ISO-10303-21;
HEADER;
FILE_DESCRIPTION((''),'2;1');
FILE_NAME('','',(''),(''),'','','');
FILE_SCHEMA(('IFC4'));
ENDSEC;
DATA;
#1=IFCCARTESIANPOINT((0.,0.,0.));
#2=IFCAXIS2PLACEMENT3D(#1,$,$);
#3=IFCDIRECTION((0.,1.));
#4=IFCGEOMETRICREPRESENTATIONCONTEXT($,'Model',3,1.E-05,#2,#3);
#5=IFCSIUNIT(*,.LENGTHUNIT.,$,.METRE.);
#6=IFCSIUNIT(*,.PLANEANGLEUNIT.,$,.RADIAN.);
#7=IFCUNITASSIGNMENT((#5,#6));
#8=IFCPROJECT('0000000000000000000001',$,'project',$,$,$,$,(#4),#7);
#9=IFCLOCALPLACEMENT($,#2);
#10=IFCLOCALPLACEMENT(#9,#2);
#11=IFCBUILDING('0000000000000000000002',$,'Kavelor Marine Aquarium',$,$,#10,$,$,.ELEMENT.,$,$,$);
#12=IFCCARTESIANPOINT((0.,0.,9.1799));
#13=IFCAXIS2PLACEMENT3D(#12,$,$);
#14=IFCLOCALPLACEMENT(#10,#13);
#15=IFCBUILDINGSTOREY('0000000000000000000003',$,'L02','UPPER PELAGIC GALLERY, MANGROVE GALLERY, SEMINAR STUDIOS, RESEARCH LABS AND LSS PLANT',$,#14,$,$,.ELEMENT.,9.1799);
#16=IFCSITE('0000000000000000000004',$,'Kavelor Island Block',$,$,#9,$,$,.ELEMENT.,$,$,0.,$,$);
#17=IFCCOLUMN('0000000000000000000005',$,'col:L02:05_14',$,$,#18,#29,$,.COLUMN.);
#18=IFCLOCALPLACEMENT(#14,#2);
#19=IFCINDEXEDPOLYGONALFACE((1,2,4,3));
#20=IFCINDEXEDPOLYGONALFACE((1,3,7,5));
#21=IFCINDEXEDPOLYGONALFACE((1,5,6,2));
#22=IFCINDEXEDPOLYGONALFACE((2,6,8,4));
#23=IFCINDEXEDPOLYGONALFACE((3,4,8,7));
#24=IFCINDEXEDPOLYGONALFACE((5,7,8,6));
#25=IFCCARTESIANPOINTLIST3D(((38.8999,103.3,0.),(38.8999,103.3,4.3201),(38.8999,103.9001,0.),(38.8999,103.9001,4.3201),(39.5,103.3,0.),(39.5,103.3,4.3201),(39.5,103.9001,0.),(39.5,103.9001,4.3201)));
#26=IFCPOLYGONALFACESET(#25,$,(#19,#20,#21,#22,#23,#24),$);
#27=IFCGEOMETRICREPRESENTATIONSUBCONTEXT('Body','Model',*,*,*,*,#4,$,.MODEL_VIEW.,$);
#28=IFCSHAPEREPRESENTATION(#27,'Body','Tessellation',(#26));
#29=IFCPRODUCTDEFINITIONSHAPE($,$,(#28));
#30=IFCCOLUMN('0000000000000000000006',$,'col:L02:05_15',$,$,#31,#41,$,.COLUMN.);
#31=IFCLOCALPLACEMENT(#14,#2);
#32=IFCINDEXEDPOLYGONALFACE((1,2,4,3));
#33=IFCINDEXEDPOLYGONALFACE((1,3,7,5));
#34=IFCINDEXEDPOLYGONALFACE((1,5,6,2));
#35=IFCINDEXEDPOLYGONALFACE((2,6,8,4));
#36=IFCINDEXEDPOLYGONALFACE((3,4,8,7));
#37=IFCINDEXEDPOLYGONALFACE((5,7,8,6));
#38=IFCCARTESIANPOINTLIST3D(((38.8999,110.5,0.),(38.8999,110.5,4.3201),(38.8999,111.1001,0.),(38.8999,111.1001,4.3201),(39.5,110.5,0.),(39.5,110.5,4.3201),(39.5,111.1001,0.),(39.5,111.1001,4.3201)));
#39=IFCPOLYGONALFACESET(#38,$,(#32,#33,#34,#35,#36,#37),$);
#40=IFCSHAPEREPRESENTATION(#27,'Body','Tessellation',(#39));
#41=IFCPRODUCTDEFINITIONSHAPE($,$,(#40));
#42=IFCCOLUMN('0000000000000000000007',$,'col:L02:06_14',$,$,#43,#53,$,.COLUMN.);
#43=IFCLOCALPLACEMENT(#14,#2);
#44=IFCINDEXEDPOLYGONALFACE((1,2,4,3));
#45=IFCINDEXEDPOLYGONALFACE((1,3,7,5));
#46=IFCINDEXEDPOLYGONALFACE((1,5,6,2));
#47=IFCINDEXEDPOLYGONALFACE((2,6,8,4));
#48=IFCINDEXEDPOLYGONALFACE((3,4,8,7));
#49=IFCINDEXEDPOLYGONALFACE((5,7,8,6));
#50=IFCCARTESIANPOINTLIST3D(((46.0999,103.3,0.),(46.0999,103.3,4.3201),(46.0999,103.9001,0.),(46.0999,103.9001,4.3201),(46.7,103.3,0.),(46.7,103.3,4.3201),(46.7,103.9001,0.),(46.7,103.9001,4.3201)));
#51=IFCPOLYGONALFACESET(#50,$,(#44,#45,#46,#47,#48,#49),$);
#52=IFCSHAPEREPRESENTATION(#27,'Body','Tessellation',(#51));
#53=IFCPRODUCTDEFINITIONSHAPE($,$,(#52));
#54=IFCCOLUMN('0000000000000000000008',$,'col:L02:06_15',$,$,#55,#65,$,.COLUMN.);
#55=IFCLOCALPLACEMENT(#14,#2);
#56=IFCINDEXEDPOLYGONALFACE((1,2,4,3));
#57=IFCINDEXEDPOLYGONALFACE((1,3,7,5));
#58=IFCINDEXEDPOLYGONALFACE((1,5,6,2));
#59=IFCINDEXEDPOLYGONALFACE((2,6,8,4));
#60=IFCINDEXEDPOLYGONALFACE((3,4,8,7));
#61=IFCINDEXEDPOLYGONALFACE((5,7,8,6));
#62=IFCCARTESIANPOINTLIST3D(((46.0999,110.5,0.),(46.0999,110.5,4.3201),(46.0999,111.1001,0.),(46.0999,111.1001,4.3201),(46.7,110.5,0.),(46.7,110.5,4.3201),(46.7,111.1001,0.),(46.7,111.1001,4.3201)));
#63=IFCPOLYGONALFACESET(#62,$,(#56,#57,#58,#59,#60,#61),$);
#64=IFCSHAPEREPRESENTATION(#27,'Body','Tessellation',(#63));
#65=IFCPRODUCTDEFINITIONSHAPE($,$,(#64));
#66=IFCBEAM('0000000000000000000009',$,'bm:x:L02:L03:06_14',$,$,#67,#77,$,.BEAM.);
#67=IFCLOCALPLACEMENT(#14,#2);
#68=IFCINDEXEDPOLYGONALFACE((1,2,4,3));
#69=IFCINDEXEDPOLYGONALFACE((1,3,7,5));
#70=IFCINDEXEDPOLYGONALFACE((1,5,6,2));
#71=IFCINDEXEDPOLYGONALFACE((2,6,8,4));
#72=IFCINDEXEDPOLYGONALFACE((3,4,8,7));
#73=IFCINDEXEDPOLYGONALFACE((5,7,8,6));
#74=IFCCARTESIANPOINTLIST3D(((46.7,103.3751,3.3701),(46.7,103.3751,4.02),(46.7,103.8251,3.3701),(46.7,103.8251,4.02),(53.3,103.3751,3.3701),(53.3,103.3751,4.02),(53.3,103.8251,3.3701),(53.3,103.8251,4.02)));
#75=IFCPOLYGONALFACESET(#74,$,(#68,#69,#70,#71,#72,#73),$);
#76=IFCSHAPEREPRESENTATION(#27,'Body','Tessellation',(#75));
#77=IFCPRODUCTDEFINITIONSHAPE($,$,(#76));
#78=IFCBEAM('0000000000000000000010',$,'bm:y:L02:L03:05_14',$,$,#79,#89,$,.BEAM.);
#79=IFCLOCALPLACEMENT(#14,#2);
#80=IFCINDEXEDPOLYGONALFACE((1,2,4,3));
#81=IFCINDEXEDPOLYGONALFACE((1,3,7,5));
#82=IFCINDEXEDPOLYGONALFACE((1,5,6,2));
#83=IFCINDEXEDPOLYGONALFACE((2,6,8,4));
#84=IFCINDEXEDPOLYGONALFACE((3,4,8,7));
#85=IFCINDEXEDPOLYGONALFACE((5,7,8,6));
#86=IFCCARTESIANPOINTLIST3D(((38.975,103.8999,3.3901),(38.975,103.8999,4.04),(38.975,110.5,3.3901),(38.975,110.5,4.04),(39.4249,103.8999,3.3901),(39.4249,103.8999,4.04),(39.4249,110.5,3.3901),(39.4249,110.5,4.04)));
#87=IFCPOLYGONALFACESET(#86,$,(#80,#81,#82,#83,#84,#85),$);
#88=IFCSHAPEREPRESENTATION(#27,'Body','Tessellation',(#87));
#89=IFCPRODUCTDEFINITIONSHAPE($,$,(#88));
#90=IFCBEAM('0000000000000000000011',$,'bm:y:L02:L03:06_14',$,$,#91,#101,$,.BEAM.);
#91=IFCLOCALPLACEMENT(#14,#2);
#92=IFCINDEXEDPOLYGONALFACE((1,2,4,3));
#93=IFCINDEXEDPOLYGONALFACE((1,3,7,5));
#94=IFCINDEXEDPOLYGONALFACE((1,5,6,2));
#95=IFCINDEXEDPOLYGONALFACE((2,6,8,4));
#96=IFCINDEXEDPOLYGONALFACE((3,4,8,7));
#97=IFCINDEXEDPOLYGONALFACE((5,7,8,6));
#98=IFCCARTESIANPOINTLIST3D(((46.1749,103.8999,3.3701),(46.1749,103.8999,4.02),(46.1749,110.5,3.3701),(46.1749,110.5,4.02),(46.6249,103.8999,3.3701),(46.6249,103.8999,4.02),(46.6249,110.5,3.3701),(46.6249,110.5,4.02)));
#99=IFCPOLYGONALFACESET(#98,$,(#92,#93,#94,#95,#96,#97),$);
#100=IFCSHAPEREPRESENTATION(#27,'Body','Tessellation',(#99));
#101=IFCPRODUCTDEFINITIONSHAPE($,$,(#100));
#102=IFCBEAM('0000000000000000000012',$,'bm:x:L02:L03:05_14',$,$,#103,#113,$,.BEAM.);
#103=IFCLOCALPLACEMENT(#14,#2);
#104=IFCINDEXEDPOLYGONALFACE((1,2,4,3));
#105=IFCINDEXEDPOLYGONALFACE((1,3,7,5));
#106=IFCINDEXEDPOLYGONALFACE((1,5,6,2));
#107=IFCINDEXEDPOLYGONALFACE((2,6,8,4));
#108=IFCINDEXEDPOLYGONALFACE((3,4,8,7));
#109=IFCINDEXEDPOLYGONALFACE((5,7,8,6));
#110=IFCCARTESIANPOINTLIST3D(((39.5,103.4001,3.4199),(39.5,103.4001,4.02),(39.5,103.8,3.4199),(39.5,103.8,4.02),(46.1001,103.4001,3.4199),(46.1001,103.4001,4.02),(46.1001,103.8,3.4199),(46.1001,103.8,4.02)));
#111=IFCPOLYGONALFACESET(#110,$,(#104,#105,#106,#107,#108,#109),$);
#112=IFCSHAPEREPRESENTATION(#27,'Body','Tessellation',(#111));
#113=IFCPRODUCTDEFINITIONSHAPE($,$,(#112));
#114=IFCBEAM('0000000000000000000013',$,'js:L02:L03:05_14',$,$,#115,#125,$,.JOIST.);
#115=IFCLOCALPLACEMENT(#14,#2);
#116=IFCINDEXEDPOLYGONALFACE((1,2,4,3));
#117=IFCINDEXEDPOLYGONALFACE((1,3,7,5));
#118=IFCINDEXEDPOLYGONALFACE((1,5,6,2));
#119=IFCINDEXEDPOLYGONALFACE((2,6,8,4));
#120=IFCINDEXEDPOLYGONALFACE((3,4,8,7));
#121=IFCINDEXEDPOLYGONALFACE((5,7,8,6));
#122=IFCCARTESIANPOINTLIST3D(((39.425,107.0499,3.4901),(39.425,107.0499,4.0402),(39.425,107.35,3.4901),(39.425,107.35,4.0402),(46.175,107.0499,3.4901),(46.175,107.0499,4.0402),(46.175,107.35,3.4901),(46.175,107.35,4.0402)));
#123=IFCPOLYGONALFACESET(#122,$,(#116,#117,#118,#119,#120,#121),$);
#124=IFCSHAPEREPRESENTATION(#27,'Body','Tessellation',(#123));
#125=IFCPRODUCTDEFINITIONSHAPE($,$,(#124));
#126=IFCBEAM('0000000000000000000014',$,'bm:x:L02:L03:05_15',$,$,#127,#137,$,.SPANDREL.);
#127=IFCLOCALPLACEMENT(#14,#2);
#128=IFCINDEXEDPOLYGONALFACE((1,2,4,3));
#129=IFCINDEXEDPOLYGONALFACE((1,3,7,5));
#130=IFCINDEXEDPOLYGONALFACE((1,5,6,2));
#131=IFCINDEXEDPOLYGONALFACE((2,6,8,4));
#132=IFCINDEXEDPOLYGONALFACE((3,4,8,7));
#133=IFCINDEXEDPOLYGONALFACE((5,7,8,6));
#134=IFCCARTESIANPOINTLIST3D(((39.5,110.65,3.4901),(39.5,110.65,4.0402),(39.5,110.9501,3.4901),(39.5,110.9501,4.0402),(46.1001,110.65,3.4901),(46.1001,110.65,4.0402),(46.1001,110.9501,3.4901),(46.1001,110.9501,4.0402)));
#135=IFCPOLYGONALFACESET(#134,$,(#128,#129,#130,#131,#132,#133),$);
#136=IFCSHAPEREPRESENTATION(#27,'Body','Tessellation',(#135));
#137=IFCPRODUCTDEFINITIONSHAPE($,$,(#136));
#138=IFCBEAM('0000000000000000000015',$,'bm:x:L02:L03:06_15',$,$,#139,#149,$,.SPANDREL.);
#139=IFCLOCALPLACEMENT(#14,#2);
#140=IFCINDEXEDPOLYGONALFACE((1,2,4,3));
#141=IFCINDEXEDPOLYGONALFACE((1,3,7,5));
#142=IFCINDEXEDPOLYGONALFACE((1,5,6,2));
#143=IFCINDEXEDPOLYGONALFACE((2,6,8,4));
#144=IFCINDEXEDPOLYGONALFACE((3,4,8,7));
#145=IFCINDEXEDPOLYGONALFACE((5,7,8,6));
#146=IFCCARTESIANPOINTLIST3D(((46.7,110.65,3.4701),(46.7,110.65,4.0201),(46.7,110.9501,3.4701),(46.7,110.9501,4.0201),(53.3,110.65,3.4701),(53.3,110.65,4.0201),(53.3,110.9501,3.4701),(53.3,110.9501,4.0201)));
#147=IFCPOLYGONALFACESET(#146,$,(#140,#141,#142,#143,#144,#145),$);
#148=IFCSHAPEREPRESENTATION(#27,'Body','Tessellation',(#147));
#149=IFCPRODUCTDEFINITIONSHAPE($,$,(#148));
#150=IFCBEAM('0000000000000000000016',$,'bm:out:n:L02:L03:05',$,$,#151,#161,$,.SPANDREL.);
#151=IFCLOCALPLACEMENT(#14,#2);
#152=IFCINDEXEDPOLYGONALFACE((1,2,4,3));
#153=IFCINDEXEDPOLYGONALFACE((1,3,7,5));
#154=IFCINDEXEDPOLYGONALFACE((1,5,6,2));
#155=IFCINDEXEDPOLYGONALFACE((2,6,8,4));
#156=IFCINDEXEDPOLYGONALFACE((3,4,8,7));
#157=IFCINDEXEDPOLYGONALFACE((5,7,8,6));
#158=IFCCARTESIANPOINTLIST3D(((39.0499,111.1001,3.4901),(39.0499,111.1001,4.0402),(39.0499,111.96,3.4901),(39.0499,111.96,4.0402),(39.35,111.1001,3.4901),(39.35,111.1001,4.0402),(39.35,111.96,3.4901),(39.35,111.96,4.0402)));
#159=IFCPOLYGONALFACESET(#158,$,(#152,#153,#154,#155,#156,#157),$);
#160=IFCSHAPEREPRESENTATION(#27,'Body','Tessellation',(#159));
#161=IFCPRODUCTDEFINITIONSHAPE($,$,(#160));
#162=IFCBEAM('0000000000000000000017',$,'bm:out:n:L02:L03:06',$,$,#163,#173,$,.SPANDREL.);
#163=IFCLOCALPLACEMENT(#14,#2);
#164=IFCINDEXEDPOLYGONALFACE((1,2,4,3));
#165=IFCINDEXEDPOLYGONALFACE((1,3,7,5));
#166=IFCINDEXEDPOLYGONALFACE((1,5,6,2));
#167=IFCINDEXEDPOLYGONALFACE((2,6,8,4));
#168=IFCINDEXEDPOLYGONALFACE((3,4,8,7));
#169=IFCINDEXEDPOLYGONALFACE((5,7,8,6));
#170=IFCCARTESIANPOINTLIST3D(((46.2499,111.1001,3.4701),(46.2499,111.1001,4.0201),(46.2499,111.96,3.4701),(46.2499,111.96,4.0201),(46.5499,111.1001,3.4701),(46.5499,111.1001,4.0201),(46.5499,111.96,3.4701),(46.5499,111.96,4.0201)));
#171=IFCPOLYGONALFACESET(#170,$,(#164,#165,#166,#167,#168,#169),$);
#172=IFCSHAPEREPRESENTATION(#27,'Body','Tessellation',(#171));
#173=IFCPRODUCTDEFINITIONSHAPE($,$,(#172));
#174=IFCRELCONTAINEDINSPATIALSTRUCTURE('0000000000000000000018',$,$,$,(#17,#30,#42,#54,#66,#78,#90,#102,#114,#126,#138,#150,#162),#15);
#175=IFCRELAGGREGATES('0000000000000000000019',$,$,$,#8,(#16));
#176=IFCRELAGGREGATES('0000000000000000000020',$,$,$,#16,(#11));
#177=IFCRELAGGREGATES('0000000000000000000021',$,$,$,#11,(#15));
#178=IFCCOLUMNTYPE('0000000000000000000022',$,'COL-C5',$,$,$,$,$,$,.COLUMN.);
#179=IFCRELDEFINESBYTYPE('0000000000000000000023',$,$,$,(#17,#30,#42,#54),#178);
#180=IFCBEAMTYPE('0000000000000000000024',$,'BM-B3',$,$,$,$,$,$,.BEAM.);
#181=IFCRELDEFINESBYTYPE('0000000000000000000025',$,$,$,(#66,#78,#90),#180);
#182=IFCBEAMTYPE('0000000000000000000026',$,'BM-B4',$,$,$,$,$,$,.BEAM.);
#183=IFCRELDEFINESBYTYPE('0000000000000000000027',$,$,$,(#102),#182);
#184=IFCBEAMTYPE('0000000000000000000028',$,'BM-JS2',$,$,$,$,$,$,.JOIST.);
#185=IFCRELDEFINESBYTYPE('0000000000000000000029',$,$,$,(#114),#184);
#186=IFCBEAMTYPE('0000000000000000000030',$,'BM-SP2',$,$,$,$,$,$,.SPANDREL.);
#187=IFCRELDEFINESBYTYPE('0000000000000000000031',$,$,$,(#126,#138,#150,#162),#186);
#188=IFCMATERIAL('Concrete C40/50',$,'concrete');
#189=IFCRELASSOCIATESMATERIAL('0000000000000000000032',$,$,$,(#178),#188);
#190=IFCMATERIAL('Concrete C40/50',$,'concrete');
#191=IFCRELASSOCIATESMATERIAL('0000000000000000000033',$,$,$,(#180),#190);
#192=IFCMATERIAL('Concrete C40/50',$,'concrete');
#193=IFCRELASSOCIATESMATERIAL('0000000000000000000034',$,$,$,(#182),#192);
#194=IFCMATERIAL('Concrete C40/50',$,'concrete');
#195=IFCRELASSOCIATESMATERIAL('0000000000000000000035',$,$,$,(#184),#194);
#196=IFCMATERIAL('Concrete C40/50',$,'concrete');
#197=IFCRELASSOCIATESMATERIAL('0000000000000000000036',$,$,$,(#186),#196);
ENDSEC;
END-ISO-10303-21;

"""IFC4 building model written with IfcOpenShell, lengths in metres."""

from ifc_helpers import new_model, si_unit, direction, frame, origin, origin_2d, place, context, subcontext, project, spatial, rectangle, extrude, material, material_profile, profile_set, type_object, element, save


model = new_model("IFC4")

# Units and contexts
model_context = context("Model", 3, precision=1e-05, world=origin(), true_north=direction((0.0, 1.0)))
body_context = subcontext(model_context, "Body", "Model", "MODEL_VIEW")
ifc_project = project(units=[si_unit("LENGTHUNIT", "METRE"), si_unit("PLANEANGLEUNIT", "RADIAN")], contexts=[model_context])

# Site, building, storey
site_placement = place(None, origin())
site = spatial("IfcSite", under=ifc_project, at=site_placement, Name="Kavelor Island Block", CompositionType="ELEMENT", RefElevation=0.0)
building_placement = place(site_placement, origin())
building = spatial("IfcBuilding", under=site, at=building_placement, Name="Kavelor Marine Aquarium", CompositionType="ELEMENT")
storey_placement = place(building_placement, frame((0.0, 0.0, 9.1799)))
storey = spatial("IfcBuildingStorey", under=building, at=storey_placement, Name="L02", Description="UPPER PELAGIC GALLERY, MANGROVE GALLERY, SEMINAR STUDIOS, RESEARCH LABS AND LSS PLANT", CompositionType="ELEMENT", Elevation=9.1799)

# Columns
ifc_material_1 = material(Name="Concrete C40/50", Category="concrete")
ifc_material_profile_1 = material_profile(ifc_material_1, rectangle(XDim=0.6001, YDim=0.6001, at=origin_2d()), Name="RC-COL 600x600")
ifc_profile_set_1 = profile_set([ifc_material_profile_1], Name="Concrete C40/50")
column_type = type_object("IfcColumnType", Name="COL-C5", PredefinedType="COLUMN", material=ifc_profile_set_1)
for number, where, z_axis, x_axis, name in (
    (1, (39.2, 103.6001, 0.0), (0.0, 0.0, 1.0), (1.0, 0.0, 0.0), "col:L02:05_14"),
    (2, (39.2, 110.8, 0.0), (0.0, 0.0, 1.0), (1.0, 0.0, 0.0), "col:L02:05_15"),
    (3, (46.3999, 103.6001, 0.0), (0.0, 0.0, 1.0), (1.0, 0.0, 0.0), "col:L02:06_14"),
    (4, (46.3999, 110.8, 0.0), (0.0, 0.0, 1.0), (1.0, 0.0, 0.0), "col:L02:06_15"),
):
    element("IfcColumn", number, at=place(storey_placement, frame(where, z_axis=z_axis, x_axis=x_axis)), inside=storey, type_object=column_type, Name=name, PredefinedType="COLUMN", context=body_context, shape_type="SweptSolid", body=[
        extrude(rectangle(XDim=0.6001, YDim=0.6001, at=origin_2d()), origin(), (0.0, 0.0, 1.0), 4.3201),
    ])

# Beams
ifc_material_2 = material(Name="Concrete C40/50", Category="concrete")
ifc_material_profile_2 = material_profile(ifc_material_2, rectangle(XDim=0.45, YDim=0.6499, at=origin_2d()), Name="RC-BM 450x650")
ifc_profile_set_2 = profile_set([ifc_material_profile_2], Name="Concrete C40/50")
beam_type_1 = type_object("IfcBeamType", Name="BM-B3", PredefinedType="BEAM", material=ifc_profile_set_2)
for number, where, z_axis, x_axis, name in (
    (5, (46.7, 103.6001, 3.6951), (1.0, 0.0, 0.0), (0.0, 1.0, 0.0), "bm:x:L02:L03:06_14"),
    (6, (39.2, 103.8999, 3.7151), (0.0, 1.0, 0.0), (-1.0, 0.0, 0.0), "bm:y:L02:L03:05_14"),
    (7, (46.3999, 103.8999, 3.6951), (0.0, 1.0, 0.0), (-1.0, 0.0, 0.0), "bm:y:L02:L03:06_14"),
):
    element("IfcBeam", number, at=place(storey_placement, frame(where, z_axis=z_axis, x_axis=x_axis)), inside=storey, type_object=beam_type_1, Name=name, PredefinedType="BEAM", context=body_context, shape_type="SweptSolid", body=[
        extrude(rectangle(XDim=0.45, YDim=0.6499, at=origin_2d()), origin(), (0.0, 0.0, 1.0), 6.6001),
    ])
ifc_material_3 = material(Name="Concrete C40/50", Category="concrete")
ifc_material_profile_3 = material_profile(ifc_material_3, rectangle(XDim=0.3999, YDim=0.6001, at=origin_2d()), Name="RC-BM 400x600")
ifc_profile_set_3 = profile_set([ifc_material_profile_3], Name="Concrete C40/50")
beam_type_2 = type_object("IfcBeamType", Name="BM-B4", PredefinedType="BEAM", material=ifc_profile_set_3)
beam_1_placement = place(storey_placement, frame((39.5, 103.6001, 3.72), z_axis=(1.0, 0.0, 0.0), x_axis=(0.0, 1.0, 0.0)))
element("IfcBeam", 8, at=beam_1_placement, inside=storey, type_object=beam_type_2, Name="bm:x:L02:L03:05_14", PredefinedType="BEAM", context=body_context, shape_type="SweptSolid", body=[
    extrude(rectangle(XDim=0.3999, YDim=0.6001, at=origin_2d()), origin(), (0.0, 0.0, 1.0), 6.6001),
])
ifc_material_4 = material(Name="Concrete C40/50", Category="concrete")
ifc_material_profile_4 = material_profile(ifc_material_4, rectangle(XDim=0.3, YDim=0.55, at=origin_2d()), Name="RC-JS 300x550")
ifc_profile_set_4 = profile_set([ifc_material_profile_4], Name="Concrete C40/50")
beam_type_3 = type_object("IfcBeamType", Name="BM-JS2", PredefinedType="JOIST", material=ifc_profile_set_4)
beam_2_placement = place(storey_placement, frame((39.425, 107.2, 3.7651), z_axis=(1.0, 0.0, 0.0), x_axis=(0.0, 1.0, 0.0)))
element("IfcBeam", 9, at=beam_2_placement, inside=storey, type_object=beam_type_3, Name="js:L02:L03:05_14", PredefinedType="JOIST", context=body_context, shape_type="SweptSolid", body=[
    extrude(rectangle(XDim=0.3, YDim=0.55, at=origin_2d()), origin(), (0.0, 0.0, 1.0), 6.75),
])
ifc_material_5 = material(Name="Concrete C40/50", Category="concrete")
ifc_material_profile_5 = material_profile(ifc_material_5, rectangle(XDim=0.3, YDim=0.55, at=origin_2d()), Name="RC-SP 300x550")
ifc_profile_set_5 = profile_set([ifc_material_profile_5], Name="Concrete C40/50")
beam_type_4 = type_object("IfcBeamType", Name="BM-SP2", PredefinedType="SPANDREL", material=ifc_profile_set_5)
for number, where, z_axis, x_axis, name in (
    (10, (39.5, 110.8, 3.7651), (1.0, 0.0, 0.0), (0.0, 1.0, 0.0), "bm:x:L02:L03:05_15"),
    (11, (46.7, 110.8, 3.7451), (1.0, 0.0, 0.0), (0.0, 1.0, 0.0), "bm:x:L02:L03:06_15"),
):
    element("IfcBeam", number, at=place(storey_placement, frame(where, z_axis=z_axis, x_axis=x_axis)), inside=storey, type_object=beam_type_4, Name=name, PredefinedType="SPANDREL", context=body_context, shape_type="SweptSolid", body=[
        extrude(rectangle(XDim=0.3, YDim=0.55, at=origin_2d()), origin(), (0.0, 0.0, 1.0), 6.6001),
    ])
for number, where, z_axis, x_axis, name in (
    (12, (39.2, 111.1001, 3.7651), (0.0, 1.0, 0.0), (-1.0, 0.0, 0.0), "bm:out:n:L02:L03:05"),
    (13, (46.3999, 111.1001, 3.7451), (0.0, 1.0, 0.0), (-1.0, 0.0, 0.0), "bm:out:n:L02:L03:06"),
):
    element("IfcBeam", number, at=place(storey_placement, frame(where, z_axis=z_axis, x_axis=x_axis)), inside=storey, type_object=beam_type_4, Name=name, PredefinedType="SPANDREL", context=body_context, shape_type="SweptSolid", body=[
        extrude(rectangle(XDim=0.3, YDim=0.55, at=origin_2d()), origin(), (0.0, 0.0, 1.0), 0.8599),
    ])

save(model, "model.ifc")
